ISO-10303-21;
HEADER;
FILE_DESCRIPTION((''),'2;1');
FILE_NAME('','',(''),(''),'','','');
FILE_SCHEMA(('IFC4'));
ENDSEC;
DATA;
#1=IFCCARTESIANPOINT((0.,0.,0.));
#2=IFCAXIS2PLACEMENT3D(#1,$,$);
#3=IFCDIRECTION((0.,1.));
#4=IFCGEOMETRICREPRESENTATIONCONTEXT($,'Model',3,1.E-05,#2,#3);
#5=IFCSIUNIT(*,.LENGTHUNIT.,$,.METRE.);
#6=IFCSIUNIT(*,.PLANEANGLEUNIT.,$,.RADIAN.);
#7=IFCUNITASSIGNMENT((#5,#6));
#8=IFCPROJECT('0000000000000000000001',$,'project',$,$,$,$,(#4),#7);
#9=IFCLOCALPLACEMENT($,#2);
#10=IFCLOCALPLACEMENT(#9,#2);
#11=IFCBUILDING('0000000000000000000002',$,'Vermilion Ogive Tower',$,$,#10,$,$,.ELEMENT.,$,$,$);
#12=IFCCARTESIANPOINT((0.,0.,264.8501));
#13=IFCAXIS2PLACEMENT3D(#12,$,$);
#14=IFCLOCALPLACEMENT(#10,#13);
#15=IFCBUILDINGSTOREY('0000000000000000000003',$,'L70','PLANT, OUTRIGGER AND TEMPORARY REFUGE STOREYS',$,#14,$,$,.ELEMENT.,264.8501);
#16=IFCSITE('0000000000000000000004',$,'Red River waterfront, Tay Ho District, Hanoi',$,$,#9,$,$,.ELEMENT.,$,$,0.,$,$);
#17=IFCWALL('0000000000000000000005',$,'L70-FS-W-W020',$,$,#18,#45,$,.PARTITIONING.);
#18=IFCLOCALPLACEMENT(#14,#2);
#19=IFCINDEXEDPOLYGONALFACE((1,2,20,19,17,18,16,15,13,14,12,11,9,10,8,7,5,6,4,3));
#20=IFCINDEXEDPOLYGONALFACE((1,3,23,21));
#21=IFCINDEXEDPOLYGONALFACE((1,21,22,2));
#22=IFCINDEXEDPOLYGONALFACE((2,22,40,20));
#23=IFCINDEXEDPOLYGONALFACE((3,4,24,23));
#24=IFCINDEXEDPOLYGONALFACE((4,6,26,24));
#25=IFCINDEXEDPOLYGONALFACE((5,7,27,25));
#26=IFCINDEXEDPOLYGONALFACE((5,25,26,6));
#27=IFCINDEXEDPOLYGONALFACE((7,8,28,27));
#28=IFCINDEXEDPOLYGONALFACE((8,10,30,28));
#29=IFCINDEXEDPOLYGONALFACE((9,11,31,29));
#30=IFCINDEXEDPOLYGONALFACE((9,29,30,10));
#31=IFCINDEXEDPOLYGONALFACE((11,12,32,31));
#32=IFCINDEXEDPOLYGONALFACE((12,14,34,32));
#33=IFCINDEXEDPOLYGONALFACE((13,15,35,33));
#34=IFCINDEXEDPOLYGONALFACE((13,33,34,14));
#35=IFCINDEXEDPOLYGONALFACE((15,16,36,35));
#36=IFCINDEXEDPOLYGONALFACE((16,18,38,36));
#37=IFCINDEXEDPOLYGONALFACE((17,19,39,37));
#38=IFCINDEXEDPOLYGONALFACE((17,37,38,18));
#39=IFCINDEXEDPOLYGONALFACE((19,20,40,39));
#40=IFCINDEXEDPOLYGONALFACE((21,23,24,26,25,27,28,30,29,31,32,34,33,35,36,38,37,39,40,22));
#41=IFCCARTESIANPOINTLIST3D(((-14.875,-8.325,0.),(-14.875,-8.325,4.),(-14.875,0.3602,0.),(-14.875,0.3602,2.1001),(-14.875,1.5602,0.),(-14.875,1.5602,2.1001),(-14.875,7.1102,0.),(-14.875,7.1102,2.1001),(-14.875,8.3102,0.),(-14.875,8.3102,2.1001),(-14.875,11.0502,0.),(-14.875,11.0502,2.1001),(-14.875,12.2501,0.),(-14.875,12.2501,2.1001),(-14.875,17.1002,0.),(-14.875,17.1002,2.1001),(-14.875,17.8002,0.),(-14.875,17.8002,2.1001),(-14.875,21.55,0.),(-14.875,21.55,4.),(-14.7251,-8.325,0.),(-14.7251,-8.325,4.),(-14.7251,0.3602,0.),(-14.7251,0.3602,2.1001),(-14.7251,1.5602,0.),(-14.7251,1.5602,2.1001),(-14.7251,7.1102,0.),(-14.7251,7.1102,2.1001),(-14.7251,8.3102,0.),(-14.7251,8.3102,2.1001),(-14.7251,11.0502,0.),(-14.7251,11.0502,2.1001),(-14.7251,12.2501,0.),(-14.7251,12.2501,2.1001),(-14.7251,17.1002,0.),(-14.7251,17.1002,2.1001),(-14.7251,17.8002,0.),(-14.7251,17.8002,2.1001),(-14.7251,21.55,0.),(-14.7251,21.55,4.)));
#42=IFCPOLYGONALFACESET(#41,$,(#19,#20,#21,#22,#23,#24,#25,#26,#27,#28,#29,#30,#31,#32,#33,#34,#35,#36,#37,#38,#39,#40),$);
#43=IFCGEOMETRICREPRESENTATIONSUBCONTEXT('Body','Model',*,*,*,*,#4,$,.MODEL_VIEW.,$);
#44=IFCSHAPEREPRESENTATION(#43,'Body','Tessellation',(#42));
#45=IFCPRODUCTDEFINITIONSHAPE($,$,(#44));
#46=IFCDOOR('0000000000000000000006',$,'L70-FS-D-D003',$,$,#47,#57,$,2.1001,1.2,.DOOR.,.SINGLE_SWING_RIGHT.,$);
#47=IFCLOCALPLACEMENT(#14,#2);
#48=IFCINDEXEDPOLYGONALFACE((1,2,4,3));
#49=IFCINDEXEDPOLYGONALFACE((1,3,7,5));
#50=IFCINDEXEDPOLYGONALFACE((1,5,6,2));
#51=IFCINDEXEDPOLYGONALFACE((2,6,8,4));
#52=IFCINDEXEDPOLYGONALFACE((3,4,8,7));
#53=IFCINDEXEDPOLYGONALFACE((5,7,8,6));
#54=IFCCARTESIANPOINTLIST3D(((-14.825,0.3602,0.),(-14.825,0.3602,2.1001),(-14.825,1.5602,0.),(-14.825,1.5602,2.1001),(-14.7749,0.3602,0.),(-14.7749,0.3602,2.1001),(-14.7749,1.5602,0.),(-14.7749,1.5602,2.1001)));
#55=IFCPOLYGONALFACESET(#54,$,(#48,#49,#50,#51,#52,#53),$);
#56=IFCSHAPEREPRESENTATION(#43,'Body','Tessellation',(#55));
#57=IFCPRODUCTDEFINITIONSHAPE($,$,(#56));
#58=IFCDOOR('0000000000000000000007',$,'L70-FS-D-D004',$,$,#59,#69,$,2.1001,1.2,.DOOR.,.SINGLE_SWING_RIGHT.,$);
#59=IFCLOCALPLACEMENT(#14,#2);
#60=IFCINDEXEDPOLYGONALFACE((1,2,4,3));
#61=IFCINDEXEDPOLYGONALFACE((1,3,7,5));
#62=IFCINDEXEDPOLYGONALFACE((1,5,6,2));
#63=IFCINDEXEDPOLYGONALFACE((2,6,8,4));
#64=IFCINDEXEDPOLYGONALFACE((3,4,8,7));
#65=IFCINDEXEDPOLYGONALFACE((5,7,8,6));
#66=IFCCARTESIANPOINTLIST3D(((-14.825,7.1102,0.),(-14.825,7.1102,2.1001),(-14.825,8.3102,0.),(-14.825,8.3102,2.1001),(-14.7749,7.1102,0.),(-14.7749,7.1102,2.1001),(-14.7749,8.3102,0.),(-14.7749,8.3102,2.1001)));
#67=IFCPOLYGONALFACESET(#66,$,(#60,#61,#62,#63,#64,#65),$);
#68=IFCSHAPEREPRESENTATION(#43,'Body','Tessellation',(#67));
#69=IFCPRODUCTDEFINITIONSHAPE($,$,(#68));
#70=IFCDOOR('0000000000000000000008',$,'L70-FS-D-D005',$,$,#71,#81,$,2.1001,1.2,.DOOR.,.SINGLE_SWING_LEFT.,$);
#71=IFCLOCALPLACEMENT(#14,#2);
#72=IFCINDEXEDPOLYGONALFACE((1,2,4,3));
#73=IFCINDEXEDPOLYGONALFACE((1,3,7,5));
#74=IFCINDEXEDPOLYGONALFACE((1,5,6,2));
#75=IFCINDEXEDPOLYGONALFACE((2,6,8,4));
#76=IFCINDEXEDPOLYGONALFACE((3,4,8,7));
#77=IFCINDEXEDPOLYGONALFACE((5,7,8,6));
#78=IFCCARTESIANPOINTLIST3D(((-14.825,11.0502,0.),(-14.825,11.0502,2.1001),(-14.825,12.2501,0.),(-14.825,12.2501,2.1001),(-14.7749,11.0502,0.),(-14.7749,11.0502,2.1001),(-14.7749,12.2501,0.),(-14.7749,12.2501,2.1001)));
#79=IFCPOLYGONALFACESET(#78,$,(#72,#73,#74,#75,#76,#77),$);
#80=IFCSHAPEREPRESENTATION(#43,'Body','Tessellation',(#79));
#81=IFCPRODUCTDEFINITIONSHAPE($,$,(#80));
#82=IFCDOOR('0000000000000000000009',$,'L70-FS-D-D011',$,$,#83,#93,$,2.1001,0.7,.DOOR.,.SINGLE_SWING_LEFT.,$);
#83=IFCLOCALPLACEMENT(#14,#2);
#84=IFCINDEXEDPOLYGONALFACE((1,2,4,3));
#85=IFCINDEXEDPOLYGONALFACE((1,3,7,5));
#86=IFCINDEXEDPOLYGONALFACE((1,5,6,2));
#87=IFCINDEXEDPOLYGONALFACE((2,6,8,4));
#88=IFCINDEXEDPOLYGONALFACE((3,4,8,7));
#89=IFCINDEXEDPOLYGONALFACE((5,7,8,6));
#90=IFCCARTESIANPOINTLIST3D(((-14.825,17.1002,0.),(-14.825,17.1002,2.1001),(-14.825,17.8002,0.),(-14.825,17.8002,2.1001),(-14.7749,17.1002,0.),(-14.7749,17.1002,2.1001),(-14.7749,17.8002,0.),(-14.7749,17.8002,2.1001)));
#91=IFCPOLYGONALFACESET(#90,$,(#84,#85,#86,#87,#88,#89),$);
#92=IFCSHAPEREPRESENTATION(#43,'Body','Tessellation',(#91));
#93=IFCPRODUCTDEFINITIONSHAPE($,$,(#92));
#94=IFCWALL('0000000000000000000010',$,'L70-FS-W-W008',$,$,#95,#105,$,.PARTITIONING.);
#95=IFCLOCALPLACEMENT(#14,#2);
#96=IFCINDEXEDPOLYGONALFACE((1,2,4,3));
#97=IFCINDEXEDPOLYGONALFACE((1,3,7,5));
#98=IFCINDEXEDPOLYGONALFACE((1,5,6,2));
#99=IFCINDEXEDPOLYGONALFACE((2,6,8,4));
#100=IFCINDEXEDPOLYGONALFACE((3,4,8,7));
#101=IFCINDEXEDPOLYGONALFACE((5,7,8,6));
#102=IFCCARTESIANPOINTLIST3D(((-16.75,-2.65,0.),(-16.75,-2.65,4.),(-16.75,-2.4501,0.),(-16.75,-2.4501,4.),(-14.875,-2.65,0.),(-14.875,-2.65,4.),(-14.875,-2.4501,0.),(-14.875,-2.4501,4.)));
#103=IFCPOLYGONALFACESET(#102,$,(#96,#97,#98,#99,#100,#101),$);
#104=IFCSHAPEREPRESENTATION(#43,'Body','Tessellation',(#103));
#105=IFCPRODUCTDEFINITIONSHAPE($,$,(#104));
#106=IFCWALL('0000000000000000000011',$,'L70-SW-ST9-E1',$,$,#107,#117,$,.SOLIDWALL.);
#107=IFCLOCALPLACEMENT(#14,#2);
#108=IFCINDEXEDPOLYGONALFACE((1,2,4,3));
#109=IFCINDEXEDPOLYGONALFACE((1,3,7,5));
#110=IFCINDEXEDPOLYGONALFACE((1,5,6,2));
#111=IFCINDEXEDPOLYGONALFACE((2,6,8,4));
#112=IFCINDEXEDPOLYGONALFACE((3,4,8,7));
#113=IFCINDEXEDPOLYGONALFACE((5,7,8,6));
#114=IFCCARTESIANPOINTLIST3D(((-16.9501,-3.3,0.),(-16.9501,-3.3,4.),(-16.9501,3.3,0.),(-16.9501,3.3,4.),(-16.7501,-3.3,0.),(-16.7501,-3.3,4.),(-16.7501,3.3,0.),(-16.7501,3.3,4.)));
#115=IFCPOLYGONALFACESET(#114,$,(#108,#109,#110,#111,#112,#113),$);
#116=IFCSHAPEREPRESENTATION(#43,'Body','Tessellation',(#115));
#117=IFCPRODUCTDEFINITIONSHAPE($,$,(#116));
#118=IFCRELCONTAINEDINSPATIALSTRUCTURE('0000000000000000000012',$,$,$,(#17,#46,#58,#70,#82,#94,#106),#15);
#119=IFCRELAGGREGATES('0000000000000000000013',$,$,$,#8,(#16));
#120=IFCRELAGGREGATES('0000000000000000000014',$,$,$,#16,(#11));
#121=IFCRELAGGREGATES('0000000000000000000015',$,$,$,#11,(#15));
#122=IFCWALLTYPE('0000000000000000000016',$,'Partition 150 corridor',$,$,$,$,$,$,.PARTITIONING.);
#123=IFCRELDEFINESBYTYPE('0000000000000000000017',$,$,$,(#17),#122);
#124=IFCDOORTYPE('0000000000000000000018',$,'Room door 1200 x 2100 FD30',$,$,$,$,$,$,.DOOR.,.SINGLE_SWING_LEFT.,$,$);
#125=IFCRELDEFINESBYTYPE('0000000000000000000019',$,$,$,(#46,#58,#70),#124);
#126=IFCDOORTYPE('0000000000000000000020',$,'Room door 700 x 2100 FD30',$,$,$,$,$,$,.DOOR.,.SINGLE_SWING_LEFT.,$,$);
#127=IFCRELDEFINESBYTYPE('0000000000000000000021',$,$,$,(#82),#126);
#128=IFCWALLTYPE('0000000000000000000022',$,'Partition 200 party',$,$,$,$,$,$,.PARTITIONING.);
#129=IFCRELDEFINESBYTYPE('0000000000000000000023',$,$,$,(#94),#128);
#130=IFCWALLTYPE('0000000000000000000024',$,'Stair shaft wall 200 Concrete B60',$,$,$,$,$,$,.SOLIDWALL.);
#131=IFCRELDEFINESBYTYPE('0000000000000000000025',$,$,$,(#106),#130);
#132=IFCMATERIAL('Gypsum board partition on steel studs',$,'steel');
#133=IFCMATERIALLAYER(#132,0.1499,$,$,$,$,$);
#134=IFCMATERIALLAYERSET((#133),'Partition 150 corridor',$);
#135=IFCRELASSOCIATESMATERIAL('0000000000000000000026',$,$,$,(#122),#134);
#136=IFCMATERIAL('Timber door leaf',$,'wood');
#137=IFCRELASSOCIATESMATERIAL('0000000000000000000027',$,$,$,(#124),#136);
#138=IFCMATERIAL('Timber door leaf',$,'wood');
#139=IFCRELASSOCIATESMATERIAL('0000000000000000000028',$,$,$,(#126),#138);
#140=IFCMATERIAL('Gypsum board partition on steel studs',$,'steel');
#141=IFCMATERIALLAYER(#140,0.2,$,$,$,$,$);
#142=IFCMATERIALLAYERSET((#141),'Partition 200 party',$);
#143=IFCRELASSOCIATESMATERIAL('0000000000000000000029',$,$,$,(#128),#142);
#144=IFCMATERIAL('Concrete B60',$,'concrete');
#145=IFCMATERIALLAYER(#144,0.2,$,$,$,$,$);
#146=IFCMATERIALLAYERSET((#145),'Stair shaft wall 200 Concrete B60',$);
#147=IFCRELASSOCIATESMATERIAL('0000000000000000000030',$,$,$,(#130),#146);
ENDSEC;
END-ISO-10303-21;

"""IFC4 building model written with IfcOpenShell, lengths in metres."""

from ifc_helpers import new_model, si_unit, direction, frame, frame_2d, origin, place, context, subcontext, project, spatial, rectangle, extrude, material, layer, layer_set, type_object, element, fill, save


model = new_model("IFC4")

# Units and contexts
model_context = context("Model", 3, precision=1e-05, world=origin(), true_north=direction((0.0, 1.0)))
body_context = subcontext(model_context, "Body", "Model", "MODEL_VIEW")
ifc_project = project(units=[si_unit("LENGTHUNIT", "METRE"), si_unit("PLANEANGLEUNIT", "RADIAN")], contexts=[model_context])

# Site, building, storey
site_placement = place(None, origin())
site = spatial("IfcSite", under=ifc_project, at=site_placement, Name="Red River waterfront, Tay Ho District, Hanoi", CompositionType="ELEMENT", RefElevation=0.0)
building_placement = place(site_placement, origin())
building = spatial("IfcBuilding", under=site, at=building_placement, Name="Vermilion Ogive Tower", CompositionType="ELEMENT")
storey_placement = place(building_placement, frame((0.0, 0.0, 264.8501)))
storey = spatial("IfcBuildingStorey", under=building, at=storey_placement, Name="L70", Description="PLANT, OUTRIGGER AND TEMPORARY REFUGE STOREYS", CompositionType="ELEMENT", Elevation=264.8501)

# Shared definitions
ifc_material_1 = material(Name="Gypsum board partition on steel studs", Category="steel")
ifc_layer_1 = layer(ifc_material_1, 0.1499)
ifc_layer_set_1 = layer_set([ifc_layer_1], Name="Partition 150 corridor")
wall_type_1 = type_object("IfcWallType", Name="Partition 150 corridor", PredefinedType="PARTITIONING", material=ifc_layer_set_1)

# Wall, openings, doors
wall_1_placement = place(storey_placement, frame((-14.8, -8.325, 0.0), z_axis=(0.0, 0.0, 1.0), x_axis=(0.0, 1.0, 0.0)))
wall_1 = element("IfcWall", 1, at=wall_1_placement, inside=storey, type_object=wall_type_1, Name="L70-FS-W-W020", PredefinedType="PARTITIONING", context=body_context, shape_type="SweptSolid", body=[
    extrude(rectangle(XDim=29.875, YDim=0.1499, at=frame_2d((14.9375, 0.0))), origin(), (0.0, 0.0, 1.0), 4.0),
])
opening_1_placement = place(wall_1_placement, frame((8.6851, 0.0, 0.0)))
opening_1 = element("IfcOpeningElement", 2, at=opening_1_placement, cuts=wall_1, PredefinedType="OPENING", context=body_context, shape_type="SweptSolid", body=[
    extrude(rectangle(XDim=1.2, YDim=2.1001, at=frame_2d((0.6001, 1.05))), frame((0.0, 0.085, 0.0), z_axis=(0.0, -1.0, 0.0), x_axis=(1.0, 0.0, 0.0)), (0.0, 0.0, 1.0), 0.1699),
])
opening_2_placement = place(wall_1_placement, frame((15.4351, 0.0, 0.0)))
opening_2 = element("IfcOpeningElement", 3, at=opening_2_placement, cuts=wall_1, PredefinedType="OPENING", context=body_context, shape_type="SweptSolid", body=[
    extrude(rectangle(XDim=1.2, YDim=2.1001, at=frame_2d((0.6001, 1.05))), frame((0.0, 0.085, 0.0), z_axis=(0.0, -1.0, 0.0), x_axis=(1.0, 0.0, 0.0)), (0.0, 0.0, 1.0), 0.1699),
])
opening_3_placement = place(wall_1_placement, frame((19.375, 0.0, 0.0)))
opening_3 = element("IfcOpeningElement", 4, at=opening_3_placement, cuts=wall_1, PredefinedType="OPENING", context=body_context, shape_type="SweptSolid", body=[
    extrude(rectangle(XDim=1.2, YDim=2.1001, at=frame_2d((0.6001, 1.05))), frame((0.0, 0.085, 0.0), z_axis=(0.0, -1.0, 0.0), x_axis=(1.0, 0.0, 0.0)), (0.0, 0.0, 1.0), 0.1699),
])
opening_4_placement = place(wall_1_placement, frame((25.425, 0.0, 0.0)))
opening_4 = element("IfcOpeningElement", 5, at=opening_4_placement, cuts=wall_1, PredefinedType="OPENING", context=body_context, shape_type="SweptSolid", body=[
    extrude(rectangle(XDim=0.7, YDim=2.1001, at=frame_2d((0.3501, 1.05))), frame((0.0, 0.085, 0.0), z_axis=(0.0, -1.0, 0.0), x_axis=(1.0, 0.0, 0.0)), (0.0, 0.0, 1.0), 0.1699),
])
ifc_material_2 = material(Name="Timber door leaf", Category="wood")
door_type_1 = type_object("IfcDoorType", Name="Room door 1200 x 2100 FD30", OperationType="SINGLE_SWING_LEFT", PredefinedType="DOOR", material=ifc_material_2)
door_1_placement = place(opening_1_placement, origin())
door_1 = element("IfcDoor", 6, at=door_1_placement, inside=storey, type_object=door_type_1, Name="L70-FS-D-D003", OperationType="SINGLE_SWING_RIGHT", OverallHeight=2.1001, OverallWidth=1.2, PredefinedType="DOOR", context=body_context, shape_type="SweptSolid", body=[
    extrude(rectangle(XDim=1.2, YDim=2.1001, at=frame_2d((0.6001, 1.05))), frame((0.0, 0.0249, 0.0), z_axis=(0.0, -1.0, 0.0), x_axis=(1.0, 0.0, 0.0)), (0.0, 0.0, 1.0), 0.05),
])
fill(opening_1, door_1)
door_2_placement = place(opening_2_placement, origin())
door_2 = element("IfcDoor", 7, at=door_2_placement, inside=storey, type_object=door_type_1, Name="L70-FS-D-D004", OperationType="SINGLE_SWING_RIGHT", OverallHeight=2.1001, OverallWidth=1.2, PredefinedType="DOOR", context=body_context, shape_type="SweptSolid", body=[
    extrude(rectangle(XDim=1.2, YDim=2.1001, at=frame_2d((0.6001, 1.05))), frame((0.0, 0.0249, 0.0), z_axis=(0.0, -1.0, 0.0), x_axis=(1.0, 0.0, 0.0)), (0.0, 0.0, 1.0), 0.05),
])
fill(opening_2, door_2)
door_3_placement = place(opening_3_placement, origin())
door_3 = element("IfcDoor", 8, at=door_3_placement, inside=storey, type_object=door_type_1, Name="L70-FS-D-D005", OperationType="SINGLE_SWING_LEFT", OverallHeight=2.1001, OverallWidth=1.2, PredefinedType="DOOR", context=body_context, shape_type="SweptSolid", body=[
    extrude(rectangle(XDim=1.2, YDim=2.1001, at=frame_2d((0.6001, 1.05))), frame((0.0, 0.0249, 0.0), z_axis=(0.0, -1.0, 0.0), x_axis=(1.0, 0.0, 0.0)), (0.0, 0.0, 1.0), 0.05),
])
fill(opening_3, door_3)
ifc_material_3 = material(Name="Timber door leaf", Category="wood")
door_type_2 = type_object("IfcDoorType", Name="Room door 700 x 2100 FD30", OperationType="SINGLE_SWING_LEFT", PredefinedType="DOOR", material=ifc_material_3)
door_4_placement = place(opening_4_placement, origin())
door_4 = element("IfcDoor", 9, at=door_4_placement, inside=storey, type_object=door_type_2, Name="L70-FS-D-D011", OperationType="SINGLE_SWING_LEFT", OverallHeight=2.1001, OverallWidth=0.7, PredefinedType="DOOR", context=body_context, shape_type="SweptSolid", body=[
    extrude(rectangle(XDim=0.7, YDim=2.1001, at=frame_2d((0.3501, 1.05))), frame((0.0, 0.0249, 0.0), z_axis=(0.0, -1.0, 0.0), x_axis=(1.0, 0.0, 0.0)), (0.0, 0.0, 1.0), 0.05),
])
fill(opening_4, door_4)

# Walls
ifc_material_4 = material(Name="Gypsum board partition on steel studs", Category="steel")
ifc_layer_2 = layer(ifc_material_4, 0.2)
ifc_layer_set_2 = layer_set([ifc_layer_2], Name="Partition 200 party")
wall_type_2 = type_object("IfcWallType", Name="Partition 200 party", PredefinedType="PARTITIONING", material=ifc_layer_set_2)
wall_2_placement = place(storey_placement, frame((-16.75, -2.55, 0.0), z_axis=(0.0, 0.0, 1.0), x_axis=(1.0, 0.0, 0.0)))
element("IfcWall", 10, at=wall_2_placement, inside=storey, type_object=wall_type_2, Name="L70-FS-W-W008", PredefinedType="PARTITIONING", context=body_context, shape_type="SweptSolid", body=[
    extrude(rectangle(XDim=1.875, YDim=0.2, at=frame_2d((0.9375, 0.0))), origin(), (0.0, 0.0, 1.0), 4.0),
])
ifc_material_5 = material(Name="Concrete B60", Category="concrete")
ifc_layer_3 = layer(ifc_material_5, 0.2)
ifc_layer_set_3 = layer_set([ifc_layer_3], Name="Stair shaft wall 200 Concrete B60")
wall_type_3 = type_object("IfcWallType", Name="Stair shaft wall 200 Concrete B60", PredefinedType="SOLIDWALL", material=ifc_layer_set_3)
wall_3_placement = place(storey_placement, frame((-16.8501, -3.3, 0.0), z_axis=(0.0, 0.0, 1.0), x_axis=(0.0, 1.0, 0.0)))
element("IfcWall", 11, at=wall_3_placement, inside=storey, type_object=wall_type_3, Name="L70-SW-ST9-E1", PredefinedType="SOLIDWALL", context=body_context, shape_type="SweptSolid", body=[
    extrude(rectangle(XDim=6.6001, YDim=0.2, at=frame_2d((3.3, 0.0))), origin(), (0.0, 0.0, 1.0), 4.0),
])

save(model, "model.ifc")
